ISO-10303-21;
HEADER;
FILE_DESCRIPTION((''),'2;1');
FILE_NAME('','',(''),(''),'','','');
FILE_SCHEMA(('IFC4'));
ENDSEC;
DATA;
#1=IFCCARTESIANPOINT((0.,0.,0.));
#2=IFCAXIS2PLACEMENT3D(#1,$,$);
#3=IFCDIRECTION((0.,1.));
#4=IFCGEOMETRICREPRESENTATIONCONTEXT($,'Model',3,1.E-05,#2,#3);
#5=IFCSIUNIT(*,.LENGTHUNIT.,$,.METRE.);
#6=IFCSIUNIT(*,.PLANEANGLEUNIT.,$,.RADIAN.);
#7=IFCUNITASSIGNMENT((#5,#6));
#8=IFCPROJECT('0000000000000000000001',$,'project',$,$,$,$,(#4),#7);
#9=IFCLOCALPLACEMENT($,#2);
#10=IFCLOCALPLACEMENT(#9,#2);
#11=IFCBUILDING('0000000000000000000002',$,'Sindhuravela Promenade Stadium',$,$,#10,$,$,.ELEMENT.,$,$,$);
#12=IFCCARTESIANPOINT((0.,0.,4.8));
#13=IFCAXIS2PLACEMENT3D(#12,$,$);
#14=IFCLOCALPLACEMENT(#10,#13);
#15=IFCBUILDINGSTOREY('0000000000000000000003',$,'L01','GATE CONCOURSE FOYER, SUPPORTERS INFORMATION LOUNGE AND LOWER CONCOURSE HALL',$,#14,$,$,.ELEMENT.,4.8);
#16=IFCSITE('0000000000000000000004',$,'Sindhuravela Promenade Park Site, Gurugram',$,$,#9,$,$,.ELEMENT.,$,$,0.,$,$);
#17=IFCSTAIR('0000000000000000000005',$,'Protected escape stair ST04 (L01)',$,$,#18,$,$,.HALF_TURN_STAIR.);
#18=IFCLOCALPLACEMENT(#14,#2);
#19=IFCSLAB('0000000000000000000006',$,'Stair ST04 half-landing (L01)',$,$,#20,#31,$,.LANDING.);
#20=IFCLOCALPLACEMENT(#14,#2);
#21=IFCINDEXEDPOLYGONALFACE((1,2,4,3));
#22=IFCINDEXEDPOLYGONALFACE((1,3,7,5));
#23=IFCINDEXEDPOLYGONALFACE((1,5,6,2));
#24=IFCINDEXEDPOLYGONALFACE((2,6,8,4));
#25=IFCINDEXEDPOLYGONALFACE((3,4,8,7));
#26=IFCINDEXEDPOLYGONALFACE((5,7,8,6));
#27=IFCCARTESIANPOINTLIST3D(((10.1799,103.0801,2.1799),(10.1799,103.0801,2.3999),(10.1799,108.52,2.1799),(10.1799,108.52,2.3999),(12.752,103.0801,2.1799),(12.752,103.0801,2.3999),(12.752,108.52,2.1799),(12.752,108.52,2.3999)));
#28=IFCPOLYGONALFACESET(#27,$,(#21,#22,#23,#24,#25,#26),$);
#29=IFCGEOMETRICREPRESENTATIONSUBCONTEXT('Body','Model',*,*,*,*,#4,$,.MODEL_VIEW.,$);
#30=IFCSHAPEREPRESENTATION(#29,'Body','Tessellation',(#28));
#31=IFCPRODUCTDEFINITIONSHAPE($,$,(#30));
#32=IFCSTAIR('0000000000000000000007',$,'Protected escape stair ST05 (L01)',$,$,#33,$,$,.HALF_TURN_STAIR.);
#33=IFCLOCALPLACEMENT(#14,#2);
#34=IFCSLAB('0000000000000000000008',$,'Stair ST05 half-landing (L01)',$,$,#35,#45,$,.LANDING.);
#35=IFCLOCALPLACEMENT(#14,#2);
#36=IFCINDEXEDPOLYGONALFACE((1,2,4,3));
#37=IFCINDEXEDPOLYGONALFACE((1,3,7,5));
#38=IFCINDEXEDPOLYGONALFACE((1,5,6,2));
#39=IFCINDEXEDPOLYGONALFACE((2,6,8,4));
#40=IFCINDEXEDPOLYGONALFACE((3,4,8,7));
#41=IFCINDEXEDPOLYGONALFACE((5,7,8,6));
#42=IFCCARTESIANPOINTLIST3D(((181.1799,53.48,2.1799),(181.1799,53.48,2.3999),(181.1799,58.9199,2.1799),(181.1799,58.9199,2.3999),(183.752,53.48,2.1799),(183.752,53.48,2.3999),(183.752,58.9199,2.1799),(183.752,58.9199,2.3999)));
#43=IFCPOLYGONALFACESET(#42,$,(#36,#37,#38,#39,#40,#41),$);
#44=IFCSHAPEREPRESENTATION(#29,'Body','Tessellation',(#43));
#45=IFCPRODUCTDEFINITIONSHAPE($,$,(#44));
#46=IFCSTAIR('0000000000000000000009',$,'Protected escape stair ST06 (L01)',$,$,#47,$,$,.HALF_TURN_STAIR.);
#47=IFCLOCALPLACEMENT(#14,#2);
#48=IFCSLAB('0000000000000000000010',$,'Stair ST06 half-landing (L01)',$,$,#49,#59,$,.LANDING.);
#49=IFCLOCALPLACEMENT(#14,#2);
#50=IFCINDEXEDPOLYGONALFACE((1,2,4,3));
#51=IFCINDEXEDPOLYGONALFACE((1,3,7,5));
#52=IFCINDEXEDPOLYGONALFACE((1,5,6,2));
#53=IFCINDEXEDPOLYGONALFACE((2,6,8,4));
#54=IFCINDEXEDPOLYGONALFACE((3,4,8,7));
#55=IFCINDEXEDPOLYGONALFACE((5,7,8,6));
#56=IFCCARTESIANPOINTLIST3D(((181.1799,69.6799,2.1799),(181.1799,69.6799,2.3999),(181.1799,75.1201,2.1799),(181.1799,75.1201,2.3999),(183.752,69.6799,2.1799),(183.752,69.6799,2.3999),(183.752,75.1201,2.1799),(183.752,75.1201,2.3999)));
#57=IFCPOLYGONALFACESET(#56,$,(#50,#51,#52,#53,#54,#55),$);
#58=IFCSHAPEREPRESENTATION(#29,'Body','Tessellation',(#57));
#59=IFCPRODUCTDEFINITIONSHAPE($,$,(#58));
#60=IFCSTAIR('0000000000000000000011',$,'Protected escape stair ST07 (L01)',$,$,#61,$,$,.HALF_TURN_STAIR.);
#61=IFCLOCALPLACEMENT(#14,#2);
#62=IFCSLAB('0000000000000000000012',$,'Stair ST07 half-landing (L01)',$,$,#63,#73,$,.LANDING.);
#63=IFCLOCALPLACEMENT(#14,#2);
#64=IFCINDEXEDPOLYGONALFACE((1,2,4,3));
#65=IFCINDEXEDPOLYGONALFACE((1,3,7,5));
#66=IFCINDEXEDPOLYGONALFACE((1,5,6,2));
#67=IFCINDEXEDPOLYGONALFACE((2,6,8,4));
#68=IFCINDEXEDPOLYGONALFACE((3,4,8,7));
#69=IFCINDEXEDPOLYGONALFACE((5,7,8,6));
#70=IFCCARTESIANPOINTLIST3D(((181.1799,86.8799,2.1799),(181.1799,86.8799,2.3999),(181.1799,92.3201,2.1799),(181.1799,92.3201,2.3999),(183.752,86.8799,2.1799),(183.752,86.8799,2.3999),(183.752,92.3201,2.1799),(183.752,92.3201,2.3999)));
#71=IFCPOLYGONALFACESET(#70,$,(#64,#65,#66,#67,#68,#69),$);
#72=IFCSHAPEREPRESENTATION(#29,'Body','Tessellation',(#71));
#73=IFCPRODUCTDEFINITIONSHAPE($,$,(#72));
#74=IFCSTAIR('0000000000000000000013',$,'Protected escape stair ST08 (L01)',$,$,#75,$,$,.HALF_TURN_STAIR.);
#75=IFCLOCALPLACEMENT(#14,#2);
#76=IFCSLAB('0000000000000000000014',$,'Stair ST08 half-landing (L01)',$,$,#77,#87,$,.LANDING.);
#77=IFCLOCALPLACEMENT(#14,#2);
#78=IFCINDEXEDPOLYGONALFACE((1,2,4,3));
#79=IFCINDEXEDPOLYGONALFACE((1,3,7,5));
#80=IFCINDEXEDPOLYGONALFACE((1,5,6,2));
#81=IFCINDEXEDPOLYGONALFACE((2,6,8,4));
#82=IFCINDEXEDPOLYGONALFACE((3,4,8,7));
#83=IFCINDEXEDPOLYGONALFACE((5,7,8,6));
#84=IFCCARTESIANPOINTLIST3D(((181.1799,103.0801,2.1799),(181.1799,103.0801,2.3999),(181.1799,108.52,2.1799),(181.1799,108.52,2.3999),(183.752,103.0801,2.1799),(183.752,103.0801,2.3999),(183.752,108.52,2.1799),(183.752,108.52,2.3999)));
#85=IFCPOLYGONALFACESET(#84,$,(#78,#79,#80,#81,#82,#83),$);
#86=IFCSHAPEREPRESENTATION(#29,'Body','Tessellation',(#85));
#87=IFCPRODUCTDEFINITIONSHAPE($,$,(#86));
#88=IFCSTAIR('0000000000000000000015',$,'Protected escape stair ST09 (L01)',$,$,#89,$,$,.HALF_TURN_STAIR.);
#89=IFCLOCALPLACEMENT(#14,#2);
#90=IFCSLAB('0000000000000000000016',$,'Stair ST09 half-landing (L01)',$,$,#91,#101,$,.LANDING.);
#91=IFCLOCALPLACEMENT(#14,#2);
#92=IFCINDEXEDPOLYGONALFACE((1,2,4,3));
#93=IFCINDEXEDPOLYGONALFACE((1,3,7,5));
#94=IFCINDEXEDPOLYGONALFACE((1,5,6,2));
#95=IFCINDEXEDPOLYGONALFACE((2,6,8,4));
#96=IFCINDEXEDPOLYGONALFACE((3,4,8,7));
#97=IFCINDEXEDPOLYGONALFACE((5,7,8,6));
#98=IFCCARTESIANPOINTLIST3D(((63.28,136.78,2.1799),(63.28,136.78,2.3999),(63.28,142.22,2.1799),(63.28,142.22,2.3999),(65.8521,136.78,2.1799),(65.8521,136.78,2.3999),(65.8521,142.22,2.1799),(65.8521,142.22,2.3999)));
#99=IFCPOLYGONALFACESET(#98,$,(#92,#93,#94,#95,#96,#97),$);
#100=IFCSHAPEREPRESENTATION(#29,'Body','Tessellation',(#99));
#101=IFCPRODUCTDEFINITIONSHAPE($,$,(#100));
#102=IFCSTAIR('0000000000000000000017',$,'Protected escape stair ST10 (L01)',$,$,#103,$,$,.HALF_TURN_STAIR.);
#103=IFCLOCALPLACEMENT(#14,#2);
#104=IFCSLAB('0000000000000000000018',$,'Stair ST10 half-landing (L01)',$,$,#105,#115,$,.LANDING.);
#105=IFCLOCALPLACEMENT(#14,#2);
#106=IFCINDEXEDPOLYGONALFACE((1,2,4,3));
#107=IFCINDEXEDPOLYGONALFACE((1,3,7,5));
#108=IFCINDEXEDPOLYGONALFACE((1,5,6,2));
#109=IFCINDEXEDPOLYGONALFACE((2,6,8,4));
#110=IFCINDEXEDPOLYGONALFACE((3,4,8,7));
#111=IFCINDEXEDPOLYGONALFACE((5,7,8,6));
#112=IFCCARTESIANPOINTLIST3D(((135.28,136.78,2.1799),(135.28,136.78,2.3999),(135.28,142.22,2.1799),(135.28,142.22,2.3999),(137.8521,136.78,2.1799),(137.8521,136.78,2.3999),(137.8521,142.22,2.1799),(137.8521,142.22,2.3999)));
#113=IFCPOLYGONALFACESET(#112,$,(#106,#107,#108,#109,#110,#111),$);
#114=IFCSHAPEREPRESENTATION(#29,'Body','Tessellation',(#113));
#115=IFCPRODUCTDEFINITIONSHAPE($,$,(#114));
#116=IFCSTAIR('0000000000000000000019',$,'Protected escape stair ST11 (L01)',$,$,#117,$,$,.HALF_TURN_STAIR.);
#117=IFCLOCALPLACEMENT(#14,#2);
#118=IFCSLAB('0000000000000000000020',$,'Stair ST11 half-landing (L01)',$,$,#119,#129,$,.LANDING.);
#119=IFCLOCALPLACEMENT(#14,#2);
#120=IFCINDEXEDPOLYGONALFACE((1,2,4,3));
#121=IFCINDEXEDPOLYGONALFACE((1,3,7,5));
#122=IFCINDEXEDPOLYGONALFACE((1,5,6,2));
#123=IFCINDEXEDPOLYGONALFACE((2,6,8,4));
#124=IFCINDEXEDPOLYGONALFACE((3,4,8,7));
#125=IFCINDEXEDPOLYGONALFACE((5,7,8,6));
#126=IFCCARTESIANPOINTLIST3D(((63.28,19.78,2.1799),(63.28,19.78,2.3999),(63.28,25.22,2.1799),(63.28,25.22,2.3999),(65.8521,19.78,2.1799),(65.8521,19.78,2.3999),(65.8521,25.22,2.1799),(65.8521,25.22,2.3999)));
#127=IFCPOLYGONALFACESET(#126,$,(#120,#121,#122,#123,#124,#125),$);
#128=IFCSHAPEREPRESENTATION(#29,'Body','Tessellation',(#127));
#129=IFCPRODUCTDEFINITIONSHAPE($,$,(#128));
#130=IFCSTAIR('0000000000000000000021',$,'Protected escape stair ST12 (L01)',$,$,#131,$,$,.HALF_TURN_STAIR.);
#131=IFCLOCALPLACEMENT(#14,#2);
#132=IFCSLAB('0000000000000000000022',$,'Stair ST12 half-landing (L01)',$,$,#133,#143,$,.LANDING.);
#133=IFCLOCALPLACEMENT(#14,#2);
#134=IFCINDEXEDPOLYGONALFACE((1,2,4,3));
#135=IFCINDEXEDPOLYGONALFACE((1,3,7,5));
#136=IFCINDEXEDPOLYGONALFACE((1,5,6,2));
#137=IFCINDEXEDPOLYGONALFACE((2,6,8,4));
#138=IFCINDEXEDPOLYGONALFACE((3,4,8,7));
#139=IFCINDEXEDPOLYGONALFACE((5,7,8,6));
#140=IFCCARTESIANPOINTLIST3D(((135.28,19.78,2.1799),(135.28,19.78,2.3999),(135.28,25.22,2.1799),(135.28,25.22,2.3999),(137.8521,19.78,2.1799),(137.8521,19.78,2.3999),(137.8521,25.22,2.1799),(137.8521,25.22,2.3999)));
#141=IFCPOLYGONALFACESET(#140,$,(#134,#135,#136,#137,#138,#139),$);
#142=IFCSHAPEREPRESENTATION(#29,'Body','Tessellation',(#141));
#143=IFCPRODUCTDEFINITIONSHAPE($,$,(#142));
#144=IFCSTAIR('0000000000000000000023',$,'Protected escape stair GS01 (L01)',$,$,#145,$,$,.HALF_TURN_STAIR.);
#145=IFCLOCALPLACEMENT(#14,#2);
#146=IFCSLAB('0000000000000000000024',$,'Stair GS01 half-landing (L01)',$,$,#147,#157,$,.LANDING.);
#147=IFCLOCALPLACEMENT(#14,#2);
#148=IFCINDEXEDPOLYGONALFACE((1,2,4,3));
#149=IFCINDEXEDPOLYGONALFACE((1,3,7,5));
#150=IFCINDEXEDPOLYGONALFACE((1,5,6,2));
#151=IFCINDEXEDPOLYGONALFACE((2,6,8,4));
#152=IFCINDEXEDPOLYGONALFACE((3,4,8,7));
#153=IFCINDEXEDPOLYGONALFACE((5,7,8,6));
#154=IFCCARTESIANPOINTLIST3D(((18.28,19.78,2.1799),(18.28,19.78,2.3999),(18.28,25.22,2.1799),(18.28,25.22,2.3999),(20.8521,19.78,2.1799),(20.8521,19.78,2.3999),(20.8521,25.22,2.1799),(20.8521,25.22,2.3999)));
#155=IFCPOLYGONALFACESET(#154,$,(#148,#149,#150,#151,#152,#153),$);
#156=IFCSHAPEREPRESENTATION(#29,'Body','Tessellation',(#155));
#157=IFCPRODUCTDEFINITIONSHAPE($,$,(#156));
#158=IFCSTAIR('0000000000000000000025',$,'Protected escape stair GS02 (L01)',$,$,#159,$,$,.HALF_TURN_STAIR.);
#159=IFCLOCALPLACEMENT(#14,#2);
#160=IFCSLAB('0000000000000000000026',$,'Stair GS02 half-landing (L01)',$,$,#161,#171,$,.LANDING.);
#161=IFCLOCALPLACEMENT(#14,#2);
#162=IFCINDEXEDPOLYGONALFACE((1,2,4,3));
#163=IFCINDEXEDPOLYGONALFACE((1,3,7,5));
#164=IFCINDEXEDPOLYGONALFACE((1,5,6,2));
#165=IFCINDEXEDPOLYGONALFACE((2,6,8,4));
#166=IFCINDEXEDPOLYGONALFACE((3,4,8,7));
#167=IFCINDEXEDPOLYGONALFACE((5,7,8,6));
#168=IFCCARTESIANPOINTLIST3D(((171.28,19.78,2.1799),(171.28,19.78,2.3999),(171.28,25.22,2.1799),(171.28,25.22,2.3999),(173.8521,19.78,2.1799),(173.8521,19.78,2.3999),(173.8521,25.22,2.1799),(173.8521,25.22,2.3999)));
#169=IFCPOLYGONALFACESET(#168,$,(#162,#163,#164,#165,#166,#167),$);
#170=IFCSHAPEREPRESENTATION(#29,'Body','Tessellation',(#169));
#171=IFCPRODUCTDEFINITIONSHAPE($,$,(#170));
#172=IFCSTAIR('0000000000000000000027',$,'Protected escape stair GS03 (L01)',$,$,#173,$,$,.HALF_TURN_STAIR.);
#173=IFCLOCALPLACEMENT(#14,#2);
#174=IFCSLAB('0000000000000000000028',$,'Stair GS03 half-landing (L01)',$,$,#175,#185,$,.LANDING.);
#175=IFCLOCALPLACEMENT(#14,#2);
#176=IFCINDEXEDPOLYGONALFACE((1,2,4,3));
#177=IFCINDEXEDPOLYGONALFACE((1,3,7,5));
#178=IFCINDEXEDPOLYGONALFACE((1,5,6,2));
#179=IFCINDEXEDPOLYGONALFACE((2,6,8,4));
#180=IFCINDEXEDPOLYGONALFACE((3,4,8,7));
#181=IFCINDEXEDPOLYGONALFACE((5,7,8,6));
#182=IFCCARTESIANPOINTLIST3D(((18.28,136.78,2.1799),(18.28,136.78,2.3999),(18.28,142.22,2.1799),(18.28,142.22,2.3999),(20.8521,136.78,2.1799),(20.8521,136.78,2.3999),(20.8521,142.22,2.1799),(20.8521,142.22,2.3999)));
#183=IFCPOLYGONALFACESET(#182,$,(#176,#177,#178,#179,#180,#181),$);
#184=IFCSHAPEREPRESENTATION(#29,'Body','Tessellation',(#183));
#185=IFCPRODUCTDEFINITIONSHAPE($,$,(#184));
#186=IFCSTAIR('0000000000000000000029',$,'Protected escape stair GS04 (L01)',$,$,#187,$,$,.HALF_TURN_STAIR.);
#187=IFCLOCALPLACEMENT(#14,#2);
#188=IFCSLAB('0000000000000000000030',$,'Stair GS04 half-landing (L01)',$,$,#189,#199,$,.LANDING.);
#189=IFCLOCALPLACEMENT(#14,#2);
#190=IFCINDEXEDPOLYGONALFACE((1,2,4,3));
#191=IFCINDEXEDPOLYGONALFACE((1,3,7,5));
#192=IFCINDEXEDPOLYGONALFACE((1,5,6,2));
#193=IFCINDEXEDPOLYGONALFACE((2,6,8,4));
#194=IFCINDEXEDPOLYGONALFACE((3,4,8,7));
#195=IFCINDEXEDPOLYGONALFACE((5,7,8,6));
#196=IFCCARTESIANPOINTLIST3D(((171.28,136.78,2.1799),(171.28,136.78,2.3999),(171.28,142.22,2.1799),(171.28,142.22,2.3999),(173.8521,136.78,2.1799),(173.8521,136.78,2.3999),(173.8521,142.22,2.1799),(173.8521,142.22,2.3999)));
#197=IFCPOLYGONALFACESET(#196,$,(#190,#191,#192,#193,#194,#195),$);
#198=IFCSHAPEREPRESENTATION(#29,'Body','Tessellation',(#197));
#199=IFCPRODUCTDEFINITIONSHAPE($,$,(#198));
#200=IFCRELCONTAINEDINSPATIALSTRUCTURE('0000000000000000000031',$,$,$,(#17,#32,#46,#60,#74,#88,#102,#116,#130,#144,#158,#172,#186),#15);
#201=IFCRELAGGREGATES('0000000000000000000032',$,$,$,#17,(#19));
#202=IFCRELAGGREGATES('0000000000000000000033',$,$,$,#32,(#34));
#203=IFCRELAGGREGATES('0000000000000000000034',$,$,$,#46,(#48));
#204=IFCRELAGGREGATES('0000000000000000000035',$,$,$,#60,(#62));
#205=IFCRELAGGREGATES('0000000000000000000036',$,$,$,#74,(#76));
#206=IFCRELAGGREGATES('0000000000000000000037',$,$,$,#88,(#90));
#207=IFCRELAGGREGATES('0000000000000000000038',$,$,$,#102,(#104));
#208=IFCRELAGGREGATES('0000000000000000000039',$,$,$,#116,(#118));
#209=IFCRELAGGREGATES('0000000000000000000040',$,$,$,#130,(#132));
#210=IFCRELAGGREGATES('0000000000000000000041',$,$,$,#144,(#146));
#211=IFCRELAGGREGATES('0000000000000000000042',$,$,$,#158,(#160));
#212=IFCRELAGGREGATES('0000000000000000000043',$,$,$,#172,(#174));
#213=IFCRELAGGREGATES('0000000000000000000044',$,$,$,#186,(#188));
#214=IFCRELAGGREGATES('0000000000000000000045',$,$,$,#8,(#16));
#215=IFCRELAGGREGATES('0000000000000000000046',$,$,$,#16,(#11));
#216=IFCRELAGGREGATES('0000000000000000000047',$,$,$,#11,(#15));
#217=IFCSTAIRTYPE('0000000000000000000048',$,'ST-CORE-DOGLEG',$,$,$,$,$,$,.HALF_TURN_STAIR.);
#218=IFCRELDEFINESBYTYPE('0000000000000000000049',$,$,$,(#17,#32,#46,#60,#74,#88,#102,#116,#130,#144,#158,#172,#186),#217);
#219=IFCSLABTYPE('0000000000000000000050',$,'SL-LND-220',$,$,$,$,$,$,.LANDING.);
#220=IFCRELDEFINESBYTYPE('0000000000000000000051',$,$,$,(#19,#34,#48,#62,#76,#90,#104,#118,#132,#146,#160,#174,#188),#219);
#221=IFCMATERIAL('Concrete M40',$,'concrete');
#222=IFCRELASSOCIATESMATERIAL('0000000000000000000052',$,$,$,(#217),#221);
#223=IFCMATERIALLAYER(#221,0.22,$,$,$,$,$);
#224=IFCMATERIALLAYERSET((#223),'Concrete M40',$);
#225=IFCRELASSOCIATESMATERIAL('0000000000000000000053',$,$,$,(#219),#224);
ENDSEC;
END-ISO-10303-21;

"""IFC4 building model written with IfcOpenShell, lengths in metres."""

from ifc_helpers import new_model, si_unit, direction, frame, origin, place, context, subcontext, project, spatial, polyline, outline, extrude, material, layer, layer_set, type_object, element, aggregate, save


model = new_model("IFC4")

# Units and contexts
model_context = context("Model", 3, precision=1e-05, world=origin(), true_north=direction((0.0, 1.0)))
body_context = subcontext(model_context, "Body", "Model", "MODEL_VIEW")
ifc_project = project(units=[si_unit("LENGTHUNIT", "METRE"), si_unit("PLANEANGLEUNIT", "RADIAN")], contexts=[model_context])

# Site, building, storey
site_placement = place(None, origin())
site = spatial("IfcSite", under=ifc_project, at=site_placement, Name="Sindhuravela Promenade Park Site, Gurugram", CompositionType="ELEMENT", RefElevation=0.0)
building_placement = place(site_placement, origin())
building = spatial("IfcBuilding", under=site, at=building_placement, Name="Sindhuravela Promenade Stadium", CompositionType="ELEMENT")
storey_placement = place(building_placement, frame((0.0, 0.0, 4.8)))
storey = spatial("IfcBuildingStorey", under=building, at=storey_placement, Name="L01", Description="GATE CONCOURSE FOYER, SUPPORTERS INFORMATION LOUNGE AND LOWER CONCOURSE HALL", CompositionType="ELEMENT", Elevation=4.8)

# Shared definitions
ifc_material_1 = material(Name="Concrete M40", Category="concrete")

# Stairs, slabs
stair_type = type_object("IfcStairType", Name="ST-CORE-DOGLEG", PredefinedType="HALF_TURN_STAIR", material=ifc_material_1)
ifc_layer_1 = layer(ifc_material_1, 0.22)
ifc_layer_set_1 = layer_set([ifc_layer_1], Name="Concrete M40")
slab_type_1 = type_object("IfcSlabType", Name="SL-LND-220", PredefinedType="LANDING", material=ifc_layer_set_1)
stair_1_placement = place(storey_placement, origin())
stair_1 = element("IfcStair", 1, at=stair_1_placement, inside=storey, type_object=stair_type, Name="Protected escape stair ST04 (L01)", PredefinedType="HALF_TURN_STAIR")
slab_1_placement = place(storey_placement, frame((0.0, 0.0, 2.1799)))
slab_1 = element("IfcSlab", 2, at=slab_1_placement, type_object=slab_type_1, Name="Stair ST04 half-landing (L01)", PredefinedType="LANDING", context=body_context, shape_type="SweptSolid", body=[
    extrude(outline(polyline([(10.1799, 103.0801), (12.752, 103.0801), (12.752, 108.52), (10.1799, 108.52), (10.1799, 103.0801)])), origin(), (0.0, 0.0, 1.0), 0.22),
])
aggregate(stair_1, [slab_1])
stair_2_placement = place(storey_placement, origin())
stair_2 = element("IfcStair", 3, at=stair_2_placement, inside=storey, type_object=stair_type, Name="Protected escape stair ST05 (L01)", PredefinedType="HALF_TURN_STAIR")
slab_2_placement = place(storey_placement, frame((0.0, 0.0, 2.1799)))
slab_2 = element("IfcSlab", 4, at=slab_2_placement, type_object=slab_type_1, Name="Stair ST05 half-landing (L01)", PredefinedType="LANDING", context=body_context, shape_type="SweptSolid", body=[
    extrude(outline(polyline([(181.1799, 53.48), (183.752, 53.48), (183.752, 58.9199), (181.1799, 58.9199), (181.1799, 53.48)])), origin(), (0.0, 0.0, 1.0), 0.22),
])
aggregate(stair_2, [slab_2])
stair_3_placement = place(storey_placement, origin())
stair_3 = element("IfcStair", 5, at=stair_3_placement, inside=storey, type_object=stair_type, Name="Protected escape stair ST06 (L01)", PredefinedType="HALF_TURN_STAIR")
slab_3_placement = place(storey_placement, frame((0.0, 0.0, 2.1799)))
slab_3 = element("IfcSlab", 6, at=slab_3_placement, type_object=slab_type_1, Name="Stair ST06 half-landing (L01)", PredefinedType="LANDING", context=body_context, shape_type="SweptSolid", body=[
    extrude(outline(polyline([(181.1799, 69.6799), (183.752, 69.6799), (183.752, 75.1201), (181.1799, 75.1201), (181.1799, 69.6799)])), origin(), (0.0, 0.0, 1.0), 0.22),
])
aggregate(stair_3, [slab_3])
stair_4_placement = place(storey_placement, origin())
stair_4 = element("IfcStair", 7, at=stair_4_placement, inside=storey, type_object=stair_type, Name="Protected escape stair ST07 (L01)", PredefinedType="HALF_TURN_STAIR")
slab_4_placement = place(storey_placement, frame((0.0, 0.0, 2.1799)))
slab_4 = element("IfcSlab", 8, at=slab_4_placement, type_object=slab_type_1, Name="Stair ST07 half-landing (L01)", PredefinedType="LANDING", context=body_context, shape_type="SweptSolid", body=[
    extrude(outline(polyline([(181.1799, 86.8799), (183.752, 86.8799), (183.752, 92.3201), (181.1799, 92.3201), (181.1799, 86.8799)])), origin(), (0.0, 0.0, 1.0), 0.22),
])
aggregate(stair_4, [slab_4])
stair_5_placement = place(storey_placement, origin())
stair_5 = element("IfcStair", 9, at=stair_5_placement, inside=storey, type_object=stair_type, Name="Protected escape stair ST08 (L01)", PredefinedType="HALF_TURN_STAIR")
slab_5_placement = place(storey_placement, frame((0.0, 0.0, 2.1799)))
slab_5 = element("IfcSlab", 10, at=slab_5_placement, type_object=slab_type_1, Name="Stair ST08 half-landing (L01)", PredefinedType="LANDING", context=body_context, shape_type="SweptSolid", body=[
    extrude(outline(polyline([(181.1799, 103.0801), (183.752, 103.0801), (183.752, 108.52), (181.1799, 108.52), (181.1799, 103.0801)])), origin(), (0.0, 0.0, 1.0), 0.22),
])
aggregate(stair_5, [slab_5])
stair_6_placement = place(storey_placement, origin())
stair_6 = element("IfcStair", 11, at=stair_6_placement, inside=storey, type_object=stair_type, Name="Protected escape stair ST09 (L01)", PredefinedType="HALF_TURN_STAIR")
slab_6_placement = place(storey_placement, frame((0.0, 0.0, 2.1799)))
slab_6 = element("IfcSlab", 12, at=slab_6_placement, type_object=slab_type_1, Name="Stair ST09 half-landing (L01)", PredefinedType="LANDING", context=body_context, shape_type="SweptSolid", body=[
    extrude(outline(polyline([(63.28, 136.78), (65.8521, 136.78), (65.8521, 142.22), (63.28, 142.22), (63.28, 136.78)])), origin(), (0.0, 0.0, 1.0), 0.22),
])
aggregate(stair_6, [slab_6])
stair_7_placement = place(storey_placement, origin())
stair_7 = element("IfcStair", 13, at=stair_7_placement, inside=storey, type_object=stair_type, Name="Protected escape stair ST10 (L01)", PredefinedType="HALF_TURN_STAIR")
slab_7_placement = place(storey_placement, frame((0.0, 0.0, 2.1799)))
slab_7 = element("IfcSlab", 14, at=slab_7_placement, type_object=slab_type_1, Name="Stair ST10 half-landing (L01)", PredefinedType="LANDING", context=body_context, shape_type="SweptSolid", body=[
    extrude(outline(polyline([(135.28, 136.78), (137.8521, 136.78), (137.8521, 142.22), (135.28, 142.22), (135.28, 136.78)])), origin(), (0.0, 0.0, 1.0), 0.22),
])
aggregate(stair_7, [slab_7])
stair_8_placement = place(storey_placement, origin())
stair_8 = element("IfcStair", 15, at=stair_8_placement, inside=storey, type_object=stair_type, Name="Protected escape stair ST11 (L01)", PredefinedType="HALF_TURN_STAIR")
slab_8_placement = place(storey_placement, frame((0.0, 0.0, 2.1799)))
slab_8 = element("IfcSlab", 16, at=slab_8_placement, type_object=slab_type_1, Name="Stair ST11 half-landing (L01)", PredefinedType="LANDING", context=body_context, shape_type="SweptSolid", body=[
    extrude(outline(polyline([(63.28, 19.78), (65.8521, 19.78), (65.8521, 25.22), (63.28, 25.22), (63.28, 19.78)])), origin(), (0.0, 0.0, 1.0), 0.22),
])
aggregate(stair_8, [slab_8])
stair_9_placement = place(storey_placement, origin())
stair_9 = element("IfcStair", 17, at=stair_9_placement, inside=storey, type_object=stair_type, Name="Protected escape stair ST12 (L01)", PredefinedType="HALF_TURN_STAIR")
slab_9_placement = place(storey_placement, frame((0.0, 0.0, 2.1799)))
slab_9 = element("IfcSlab", 18, at=slab_9_placement, type_object=slab_type_1, Name="Stair ST12 half-landing (L01)", PredefinedType="LANDING", context=body_context, shape_type="SweptSolid", body=[
    extrude(outline(polyline([(135.28, 19.78), (137.8521, 19.78), (137.8521, 25.22), (135.28, 25.22), (135.28, 19.78)])), origin(), (0.0, 0.0, 1.0), 0.22),
])
aggregate(stair_9, [slab_9])
stair_10_placement = place(storey_placement, origin())
stair_10 = element("IfcStair", 19, at=stair_10_placement, inside=storey, type_object=stair_type, Name="Protected escape stair GS01 (L01)", PredefinedType="HALF_TURN_STAIR")
slab_10_placement = place(storey_placement, frame((0.0, 0.0, 2.1799)))
slab_10 = element("IfcSlab", 20, at=slab_10_placement, type_object=slab_type_1, Name="Stair GS01 half-landing (L01)", PredefinedType="LANDING", context=body_context, shape_type="SweptSolid", body=[
    extrude(outline(polyline([(18.28, 19.78), (20.8521, 19.78), (20.8521, 25.22), (18.28, 25.22), (18.28, 19.78)])), origin(), (0.0, 0.0, 1.0), 0.22),
])
aggregate(stair_10, [slab_10])
stair_11_placement = place(storey_placement, origin())
stair_11 = element("IfcStair", 21, at=stair_11_placement, inside=storey, type_object=stair_type, Name="Protected escape stair GS02 (L01)", PredefinedType="HALF_TURN_STAIR")
slab_11_placement = place(storey_placement, frame((0.0, 0.0, 2.1799)))
slab_11 = element("IfcSlab", 22, at=slab_11_placement, type_object=slab_type_1, Name="Stair GS02 half-landing (L01)", PredefinedType="LANDING", context=body_context, shape_type="SweptSolid", body=[
    extrude(outline(polyline([(171.28, 19.78), (173.8521, 19.78), (173.8521, 25.22), (171.28, 25.22), (171.28, 19.78)])), origin(), (0.0, 0.0, 1.0), 0.22),
])
aggregate(stair_11, [slab_11])
stair_12_placement = place(storey_placement, origin())
stair_12 = element("IfcStair", 23, at=stair_12_placement, inside=storey, type_object=stair_type, Name="Protected escape stair GS03 (L01)", PredefinedType="HALF_TURN_STAIR")
slab_12_placement = place(storey_placement, frame((0.0, 0.0, 2.1799)))
slab_12 = element("IfcSlab", 24, at=slab_12_placement, type_object=slab_type_1, Name="Stair GS03 half-landing (L01)", PredefinedType="LANDING", context=body_context, shape_type="SweptSolid", body=[
    extrude(outline(polyline([(18.28, 136.78), (20.8521, 136.78), (20.8521, 142.22), (18.28, 142.22), (18.28, 136.78)])), origin(), (0.0, 0.0, 1.0), 0.22),
])
aggregate(stair_12, [slab_12])
stair_13_placement = place(storey_placement, origin())
stair_13 = element("IfcStair", 25, at=stair_13_placement, inside=storey, type_object=stair_type, Name="Protected escape stair GS04 (L01)", PredefinedType="HALF_TURN_STAIR")
slab_13_placement = place(storey_placement, frame((0.0, 0.0, 2.1799)))
slab_13 = element("IfcSlab", 26, at=slab_13_placement, type_object=slab_type_1, Name="Stair GS04 half-landing (L01)", PredefinedType="LANDING", context=body_context, shape_type="SweptSolid", body=[
    extrude(outline(polyline([(171.28, 136.78), (173.8521, 136.78), (173.8521, 142.22), (171.28, 142.22), (171.28, 136.78)])), origin(), (0.0, 0.0, 1.0), 0.22),
])
aggregate(stair_13, [slab_13])

save(model, "model.ifc")
